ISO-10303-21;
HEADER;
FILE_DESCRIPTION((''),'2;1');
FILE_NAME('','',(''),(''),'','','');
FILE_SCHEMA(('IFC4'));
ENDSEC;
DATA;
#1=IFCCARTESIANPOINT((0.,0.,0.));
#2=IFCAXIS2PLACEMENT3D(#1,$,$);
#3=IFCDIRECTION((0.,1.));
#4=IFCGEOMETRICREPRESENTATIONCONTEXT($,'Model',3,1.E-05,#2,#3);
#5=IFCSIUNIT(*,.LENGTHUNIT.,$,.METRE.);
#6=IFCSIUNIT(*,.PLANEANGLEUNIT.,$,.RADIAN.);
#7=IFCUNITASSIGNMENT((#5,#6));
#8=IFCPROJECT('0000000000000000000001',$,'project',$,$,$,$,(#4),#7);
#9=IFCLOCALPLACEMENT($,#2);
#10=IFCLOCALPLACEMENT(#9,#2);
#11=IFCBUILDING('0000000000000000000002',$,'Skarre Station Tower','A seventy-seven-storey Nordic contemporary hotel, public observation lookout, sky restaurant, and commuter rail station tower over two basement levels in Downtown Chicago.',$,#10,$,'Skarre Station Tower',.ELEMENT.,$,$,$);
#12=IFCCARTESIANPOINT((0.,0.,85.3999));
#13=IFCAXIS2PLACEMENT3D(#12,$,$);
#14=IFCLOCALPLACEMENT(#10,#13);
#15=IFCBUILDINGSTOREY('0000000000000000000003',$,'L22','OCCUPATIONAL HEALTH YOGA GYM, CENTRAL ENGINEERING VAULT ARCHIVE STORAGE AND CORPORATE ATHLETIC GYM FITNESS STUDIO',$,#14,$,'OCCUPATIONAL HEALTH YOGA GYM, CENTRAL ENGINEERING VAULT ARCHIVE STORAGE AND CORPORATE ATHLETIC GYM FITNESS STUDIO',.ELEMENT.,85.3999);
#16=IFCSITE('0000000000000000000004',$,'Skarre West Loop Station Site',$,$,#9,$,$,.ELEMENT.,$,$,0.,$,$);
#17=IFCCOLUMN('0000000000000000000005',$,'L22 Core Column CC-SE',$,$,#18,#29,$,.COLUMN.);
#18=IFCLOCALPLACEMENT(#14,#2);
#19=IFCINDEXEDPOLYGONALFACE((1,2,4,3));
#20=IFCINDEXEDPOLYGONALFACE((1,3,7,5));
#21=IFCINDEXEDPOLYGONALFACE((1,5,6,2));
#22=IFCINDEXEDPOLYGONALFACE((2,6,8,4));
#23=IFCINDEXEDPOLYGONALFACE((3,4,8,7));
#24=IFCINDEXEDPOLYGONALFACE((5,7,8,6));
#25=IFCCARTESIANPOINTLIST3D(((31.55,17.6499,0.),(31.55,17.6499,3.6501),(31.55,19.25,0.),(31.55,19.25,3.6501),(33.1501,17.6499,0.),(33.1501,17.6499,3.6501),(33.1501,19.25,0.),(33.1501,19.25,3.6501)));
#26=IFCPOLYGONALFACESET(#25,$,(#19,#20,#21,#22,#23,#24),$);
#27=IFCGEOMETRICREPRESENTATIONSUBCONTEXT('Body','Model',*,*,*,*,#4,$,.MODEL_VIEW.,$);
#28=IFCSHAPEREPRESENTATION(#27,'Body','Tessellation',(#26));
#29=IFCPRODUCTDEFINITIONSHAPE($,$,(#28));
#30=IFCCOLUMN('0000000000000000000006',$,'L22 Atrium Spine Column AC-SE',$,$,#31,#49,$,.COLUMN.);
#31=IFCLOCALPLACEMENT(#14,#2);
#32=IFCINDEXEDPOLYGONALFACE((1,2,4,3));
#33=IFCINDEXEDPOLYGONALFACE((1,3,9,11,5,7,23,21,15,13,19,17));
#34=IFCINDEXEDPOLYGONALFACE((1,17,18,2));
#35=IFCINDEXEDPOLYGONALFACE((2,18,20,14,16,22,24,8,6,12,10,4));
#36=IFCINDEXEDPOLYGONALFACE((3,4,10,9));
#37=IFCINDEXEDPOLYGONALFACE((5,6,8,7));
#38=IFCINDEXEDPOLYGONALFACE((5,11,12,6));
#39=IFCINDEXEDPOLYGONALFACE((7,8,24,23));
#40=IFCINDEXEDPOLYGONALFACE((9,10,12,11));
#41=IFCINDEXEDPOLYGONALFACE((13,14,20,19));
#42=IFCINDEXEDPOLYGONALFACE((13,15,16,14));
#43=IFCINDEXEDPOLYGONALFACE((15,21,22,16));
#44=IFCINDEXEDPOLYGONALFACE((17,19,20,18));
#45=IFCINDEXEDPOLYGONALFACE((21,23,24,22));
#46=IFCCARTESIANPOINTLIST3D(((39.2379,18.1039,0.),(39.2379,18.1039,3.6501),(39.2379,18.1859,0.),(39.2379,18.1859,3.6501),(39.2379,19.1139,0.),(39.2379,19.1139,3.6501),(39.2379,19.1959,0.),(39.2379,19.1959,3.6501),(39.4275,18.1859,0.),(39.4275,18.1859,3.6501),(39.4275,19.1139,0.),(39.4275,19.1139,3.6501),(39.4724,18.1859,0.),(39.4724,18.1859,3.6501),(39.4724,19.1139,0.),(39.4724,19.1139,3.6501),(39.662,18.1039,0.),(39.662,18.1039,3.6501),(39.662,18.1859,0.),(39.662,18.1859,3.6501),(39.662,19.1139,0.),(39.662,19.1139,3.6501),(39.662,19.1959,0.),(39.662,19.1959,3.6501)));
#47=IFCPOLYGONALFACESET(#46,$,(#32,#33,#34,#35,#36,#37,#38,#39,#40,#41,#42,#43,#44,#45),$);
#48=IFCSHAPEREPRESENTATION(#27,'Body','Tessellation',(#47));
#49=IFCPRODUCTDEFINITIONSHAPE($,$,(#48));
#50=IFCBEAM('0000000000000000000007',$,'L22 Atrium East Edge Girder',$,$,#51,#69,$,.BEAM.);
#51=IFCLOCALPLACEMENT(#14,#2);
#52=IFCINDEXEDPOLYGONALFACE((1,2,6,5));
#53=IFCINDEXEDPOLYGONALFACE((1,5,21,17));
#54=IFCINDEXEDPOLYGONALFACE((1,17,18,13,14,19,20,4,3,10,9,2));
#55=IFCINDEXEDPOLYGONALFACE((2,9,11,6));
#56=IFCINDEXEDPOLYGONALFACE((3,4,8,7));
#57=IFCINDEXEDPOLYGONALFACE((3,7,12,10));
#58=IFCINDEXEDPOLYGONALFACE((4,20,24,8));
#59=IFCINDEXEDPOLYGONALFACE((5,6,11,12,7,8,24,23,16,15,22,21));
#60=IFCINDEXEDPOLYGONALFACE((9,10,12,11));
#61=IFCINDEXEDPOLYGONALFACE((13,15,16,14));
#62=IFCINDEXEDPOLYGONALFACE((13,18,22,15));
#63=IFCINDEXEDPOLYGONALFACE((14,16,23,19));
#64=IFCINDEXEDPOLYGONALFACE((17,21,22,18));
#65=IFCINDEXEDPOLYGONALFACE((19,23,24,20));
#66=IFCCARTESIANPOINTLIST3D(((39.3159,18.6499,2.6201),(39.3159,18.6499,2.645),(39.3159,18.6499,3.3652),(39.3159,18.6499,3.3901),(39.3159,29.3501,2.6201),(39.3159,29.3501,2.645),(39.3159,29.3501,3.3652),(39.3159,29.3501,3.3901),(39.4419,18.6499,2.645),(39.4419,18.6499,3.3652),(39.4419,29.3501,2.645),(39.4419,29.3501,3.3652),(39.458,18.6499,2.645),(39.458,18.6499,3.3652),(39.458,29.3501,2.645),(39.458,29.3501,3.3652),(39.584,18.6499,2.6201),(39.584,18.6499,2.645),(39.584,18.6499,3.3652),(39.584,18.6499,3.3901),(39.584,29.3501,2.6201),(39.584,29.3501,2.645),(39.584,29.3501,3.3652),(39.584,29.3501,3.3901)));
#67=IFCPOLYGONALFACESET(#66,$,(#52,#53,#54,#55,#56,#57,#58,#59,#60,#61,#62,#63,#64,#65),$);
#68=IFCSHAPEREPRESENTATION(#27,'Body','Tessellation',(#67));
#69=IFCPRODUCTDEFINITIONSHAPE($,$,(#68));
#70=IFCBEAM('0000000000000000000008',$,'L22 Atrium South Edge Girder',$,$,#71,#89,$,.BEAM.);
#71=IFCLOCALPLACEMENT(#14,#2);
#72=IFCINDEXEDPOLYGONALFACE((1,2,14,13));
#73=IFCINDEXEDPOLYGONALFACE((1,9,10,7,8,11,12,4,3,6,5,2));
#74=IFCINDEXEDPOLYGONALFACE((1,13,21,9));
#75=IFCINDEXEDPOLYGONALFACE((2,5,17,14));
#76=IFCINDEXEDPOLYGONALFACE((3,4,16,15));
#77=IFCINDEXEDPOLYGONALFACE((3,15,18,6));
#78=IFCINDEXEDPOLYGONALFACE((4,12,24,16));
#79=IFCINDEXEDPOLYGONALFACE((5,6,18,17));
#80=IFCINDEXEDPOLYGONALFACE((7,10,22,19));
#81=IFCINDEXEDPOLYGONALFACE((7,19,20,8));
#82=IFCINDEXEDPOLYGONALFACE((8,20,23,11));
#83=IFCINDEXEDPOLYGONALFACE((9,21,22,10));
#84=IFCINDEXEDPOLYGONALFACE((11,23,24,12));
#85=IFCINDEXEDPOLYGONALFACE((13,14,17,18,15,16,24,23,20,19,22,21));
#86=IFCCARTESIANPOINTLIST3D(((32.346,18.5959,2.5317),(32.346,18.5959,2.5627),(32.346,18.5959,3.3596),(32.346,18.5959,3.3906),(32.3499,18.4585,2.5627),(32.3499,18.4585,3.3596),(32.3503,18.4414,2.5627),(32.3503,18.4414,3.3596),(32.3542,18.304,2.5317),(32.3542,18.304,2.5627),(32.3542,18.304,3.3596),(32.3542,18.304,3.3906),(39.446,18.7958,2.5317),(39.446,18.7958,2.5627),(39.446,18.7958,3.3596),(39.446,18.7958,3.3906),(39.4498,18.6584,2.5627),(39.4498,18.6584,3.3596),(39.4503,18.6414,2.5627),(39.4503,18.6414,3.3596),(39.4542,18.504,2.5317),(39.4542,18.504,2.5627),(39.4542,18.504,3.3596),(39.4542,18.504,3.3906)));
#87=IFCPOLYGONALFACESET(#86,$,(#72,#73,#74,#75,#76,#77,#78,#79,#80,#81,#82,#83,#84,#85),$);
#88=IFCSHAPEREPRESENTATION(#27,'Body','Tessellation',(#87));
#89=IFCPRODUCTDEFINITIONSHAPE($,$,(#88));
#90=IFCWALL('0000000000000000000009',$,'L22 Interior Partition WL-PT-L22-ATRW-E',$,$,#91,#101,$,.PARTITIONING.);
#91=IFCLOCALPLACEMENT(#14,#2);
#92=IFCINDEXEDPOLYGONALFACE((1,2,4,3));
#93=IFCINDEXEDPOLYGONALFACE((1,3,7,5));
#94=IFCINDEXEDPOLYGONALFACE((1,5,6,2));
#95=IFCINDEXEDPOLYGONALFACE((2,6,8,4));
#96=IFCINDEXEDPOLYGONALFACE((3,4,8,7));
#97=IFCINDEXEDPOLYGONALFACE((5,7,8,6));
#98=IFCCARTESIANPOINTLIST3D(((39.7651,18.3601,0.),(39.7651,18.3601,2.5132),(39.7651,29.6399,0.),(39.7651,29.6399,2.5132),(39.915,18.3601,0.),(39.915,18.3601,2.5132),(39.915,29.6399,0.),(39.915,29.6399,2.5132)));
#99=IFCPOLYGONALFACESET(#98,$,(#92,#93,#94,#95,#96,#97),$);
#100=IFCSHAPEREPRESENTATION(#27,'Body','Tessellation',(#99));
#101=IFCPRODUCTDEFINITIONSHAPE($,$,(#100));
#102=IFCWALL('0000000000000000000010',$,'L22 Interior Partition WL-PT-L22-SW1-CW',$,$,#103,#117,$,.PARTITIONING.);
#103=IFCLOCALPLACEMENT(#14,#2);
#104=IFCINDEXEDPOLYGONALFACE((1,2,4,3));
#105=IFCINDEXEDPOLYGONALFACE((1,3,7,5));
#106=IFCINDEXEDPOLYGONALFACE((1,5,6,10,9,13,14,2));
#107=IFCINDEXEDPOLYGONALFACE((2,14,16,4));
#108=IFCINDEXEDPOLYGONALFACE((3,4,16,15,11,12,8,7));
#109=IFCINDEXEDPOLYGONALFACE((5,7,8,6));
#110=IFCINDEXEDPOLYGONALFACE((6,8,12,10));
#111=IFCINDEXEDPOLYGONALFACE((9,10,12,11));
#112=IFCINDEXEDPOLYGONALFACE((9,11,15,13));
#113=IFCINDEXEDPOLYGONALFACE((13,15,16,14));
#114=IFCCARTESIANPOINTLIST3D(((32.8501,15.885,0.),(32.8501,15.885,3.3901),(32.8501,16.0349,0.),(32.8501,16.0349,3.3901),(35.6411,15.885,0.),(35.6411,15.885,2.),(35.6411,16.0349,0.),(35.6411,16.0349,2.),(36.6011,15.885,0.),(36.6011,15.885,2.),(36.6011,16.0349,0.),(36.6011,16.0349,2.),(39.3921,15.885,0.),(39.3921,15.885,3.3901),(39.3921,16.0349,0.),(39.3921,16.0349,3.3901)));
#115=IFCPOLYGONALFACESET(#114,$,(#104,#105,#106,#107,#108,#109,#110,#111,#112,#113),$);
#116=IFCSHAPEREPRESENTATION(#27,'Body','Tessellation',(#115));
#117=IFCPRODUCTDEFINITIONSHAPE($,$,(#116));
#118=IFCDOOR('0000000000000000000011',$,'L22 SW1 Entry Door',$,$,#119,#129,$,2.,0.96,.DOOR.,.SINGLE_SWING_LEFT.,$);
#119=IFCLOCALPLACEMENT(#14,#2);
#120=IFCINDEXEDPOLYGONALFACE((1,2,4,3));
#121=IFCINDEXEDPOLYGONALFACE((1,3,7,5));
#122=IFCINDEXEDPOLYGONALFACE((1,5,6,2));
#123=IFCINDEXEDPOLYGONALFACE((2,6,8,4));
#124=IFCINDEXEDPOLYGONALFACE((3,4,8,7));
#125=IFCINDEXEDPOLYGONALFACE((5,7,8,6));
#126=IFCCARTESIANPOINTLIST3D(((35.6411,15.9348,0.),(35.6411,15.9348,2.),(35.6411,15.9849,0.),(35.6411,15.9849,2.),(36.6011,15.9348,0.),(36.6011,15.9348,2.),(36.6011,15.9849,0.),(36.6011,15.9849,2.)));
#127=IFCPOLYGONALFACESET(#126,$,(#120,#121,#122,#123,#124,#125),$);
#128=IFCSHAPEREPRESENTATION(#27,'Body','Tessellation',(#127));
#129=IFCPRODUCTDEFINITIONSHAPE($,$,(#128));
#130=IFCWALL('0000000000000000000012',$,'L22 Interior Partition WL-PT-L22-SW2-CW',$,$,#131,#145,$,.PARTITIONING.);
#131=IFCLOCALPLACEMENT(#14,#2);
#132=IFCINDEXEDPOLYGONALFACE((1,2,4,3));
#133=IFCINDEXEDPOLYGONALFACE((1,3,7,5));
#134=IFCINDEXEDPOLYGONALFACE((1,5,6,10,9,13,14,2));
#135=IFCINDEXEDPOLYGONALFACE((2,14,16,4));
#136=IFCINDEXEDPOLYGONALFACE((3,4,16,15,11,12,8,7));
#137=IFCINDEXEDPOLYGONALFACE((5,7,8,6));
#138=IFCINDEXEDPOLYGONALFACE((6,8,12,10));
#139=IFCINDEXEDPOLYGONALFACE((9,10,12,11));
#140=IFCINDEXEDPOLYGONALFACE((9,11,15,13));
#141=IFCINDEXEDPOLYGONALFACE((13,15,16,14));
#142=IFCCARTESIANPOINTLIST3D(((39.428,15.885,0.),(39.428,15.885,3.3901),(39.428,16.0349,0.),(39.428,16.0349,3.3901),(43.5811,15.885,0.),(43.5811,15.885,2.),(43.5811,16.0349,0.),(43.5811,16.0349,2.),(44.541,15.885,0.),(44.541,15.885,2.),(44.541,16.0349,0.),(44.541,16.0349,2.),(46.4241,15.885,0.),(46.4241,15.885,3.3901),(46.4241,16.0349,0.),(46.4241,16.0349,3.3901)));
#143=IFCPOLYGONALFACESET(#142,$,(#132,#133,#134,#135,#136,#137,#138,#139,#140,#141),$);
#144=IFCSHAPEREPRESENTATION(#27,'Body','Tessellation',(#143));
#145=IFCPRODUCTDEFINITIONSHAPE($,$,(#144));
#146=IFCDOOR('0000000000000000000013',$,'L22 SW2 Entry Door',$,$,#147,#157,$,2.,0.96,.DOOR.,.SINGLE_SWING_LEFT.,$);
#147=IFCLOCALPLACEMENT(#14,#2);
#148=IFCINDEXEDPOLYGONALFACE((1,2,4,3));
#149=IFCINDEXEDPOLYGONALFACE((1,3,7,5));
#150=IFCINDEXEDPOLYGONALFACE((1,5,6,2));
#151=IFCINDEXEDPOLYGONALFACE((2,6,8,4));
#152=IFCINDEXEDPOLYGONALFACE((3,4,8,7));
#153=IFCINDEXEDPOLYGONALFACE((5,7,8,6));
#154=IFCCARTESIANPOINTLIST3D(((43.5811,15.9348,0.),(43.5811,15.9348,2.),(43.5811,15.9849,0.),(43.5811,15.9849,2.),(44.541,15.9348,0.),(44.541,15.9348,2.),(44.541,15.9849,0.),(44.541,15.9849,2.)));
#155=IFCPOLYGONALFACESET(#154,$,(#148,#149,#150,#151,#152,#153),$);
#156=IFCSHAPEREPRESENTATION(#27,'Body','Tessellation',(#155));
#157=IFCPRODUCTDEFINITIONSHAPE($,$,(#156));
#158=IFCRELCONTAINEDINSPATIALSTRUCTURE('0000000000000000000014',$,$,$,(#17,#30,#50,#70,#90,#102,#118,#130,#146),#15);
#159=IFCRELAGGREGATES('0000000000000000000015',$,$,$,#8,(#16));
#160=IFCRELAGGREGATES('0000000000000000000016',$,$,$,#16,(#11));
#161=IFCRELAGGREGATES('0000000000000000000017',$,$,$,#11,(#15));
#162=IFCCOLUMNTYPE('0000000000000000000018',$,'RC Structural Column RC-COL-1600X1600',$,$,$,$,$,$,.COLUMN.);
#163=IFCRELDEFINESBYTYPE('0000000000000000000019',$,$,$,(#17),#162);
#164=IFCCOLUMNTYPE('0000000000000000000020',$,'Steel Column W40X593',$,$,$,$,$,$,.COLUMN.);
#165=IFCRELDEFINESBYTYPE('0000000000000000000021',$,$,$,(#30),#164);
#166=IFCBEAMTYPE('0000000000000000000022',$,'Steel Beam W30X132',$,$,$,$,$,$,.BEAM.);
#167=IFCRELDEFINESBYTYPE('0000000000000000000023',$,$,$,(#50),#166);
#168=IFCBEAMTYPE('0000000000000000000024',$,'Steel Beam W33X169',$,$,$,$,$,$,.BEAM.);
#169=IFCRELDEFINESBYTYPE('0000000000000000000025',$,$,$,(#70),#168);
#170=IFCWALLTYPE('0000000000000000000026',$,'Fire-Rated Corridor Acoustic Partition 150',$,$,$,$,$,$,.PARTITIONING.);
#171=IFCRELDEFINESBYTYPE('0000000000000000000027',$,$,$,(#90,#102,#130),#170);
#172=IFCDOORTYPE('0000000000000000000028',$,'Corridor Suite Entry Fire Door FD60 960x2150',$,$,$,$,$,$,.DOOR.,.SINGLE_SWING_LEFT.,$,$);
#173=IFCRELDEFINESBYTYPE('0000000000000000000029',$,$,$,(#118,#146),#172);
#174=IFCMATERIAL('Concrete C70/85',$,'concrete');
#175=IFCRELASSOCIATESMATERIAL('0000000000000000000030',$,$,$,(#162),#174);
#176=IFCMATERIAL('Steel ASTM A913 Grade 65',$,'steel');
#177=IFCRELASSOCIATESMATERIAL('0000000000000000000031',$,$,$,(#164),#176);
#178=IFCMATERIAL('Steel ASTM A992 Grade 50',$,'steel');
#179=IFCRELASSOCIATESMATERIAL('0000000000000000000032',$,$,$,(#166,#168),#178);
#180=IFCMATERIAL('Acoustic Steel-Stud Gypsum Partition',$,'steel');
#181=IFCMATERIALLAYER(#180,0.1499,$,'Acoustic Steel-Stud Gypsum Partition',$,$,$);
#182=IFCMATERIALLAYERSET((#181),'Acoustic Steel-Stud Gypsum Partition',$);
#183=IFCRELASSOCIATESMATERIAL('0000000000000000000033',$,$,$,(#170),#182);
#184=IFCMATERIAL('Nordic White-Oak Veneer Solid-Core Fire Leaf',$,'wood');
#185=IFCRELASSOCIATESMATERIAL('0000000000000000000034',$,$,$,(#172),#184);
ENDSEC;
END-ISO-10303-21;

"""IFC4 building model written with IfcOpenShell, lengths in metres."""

from ifc_helpers import new_model, si_unit, direction, frame, frame_2d, origin, origin_2d, place, context, subcontext, project, spatial, rectangle, i_section, extrude, material, layer, layer_set, material_profile, profile_set, type_object, element, fill, save


model = new_model("IFC4")

# Units and contexts
model_context = context("Model", 3, precision=1e-05, world=origin(), true_north=direction((0.0, 1.0)))
body_context = subcontext(model_context, "Body", "Model", "MODEL_VIEW")
ifc_project = project(units=[si_unit("LENGTHUNIT", "METRE"), si_unit("PLANEANGLEUNIT", "RADIAN")], contexts=[model_context])

# Site, building, storey
site_placement = place(None, origin())
site = spatial("IfcSite", under=ifc_project, at=site_placement, Name="Skarre West Loop Station Site", CompositionType="ELEMENT", RefElevation=0.0)
building_placement = place(site_placement, origin())
building = spatial("IfcBuilding", under=site, at=building_placement, Name="Skarre Station Tower", Description="A seventy-seven-storey Nordic contemporary hotel, public observation lookout, sky restaurant, and commuter rail station tower over two basement levels in Downtown Chicago.", LongName="Skarre Station Tower", CompositionType="ELEMENT")
storey_placement = place(building_placement, frame((0.0, 0.0, 85.3999)))
storey = spatial("IfcBuildingStorey", under=building, at=storey_placement, Name="L22", Description="OCCUPATIONAL HEALTH YOGA GYM, CENTRAL ENGINEERING VAULT ARCHIVE STORAGE AND CORPORATE ATHLETIC GYM FITNESS STUDIO", LongName="OCCUPATIONAL HEALTH YOGA GYM, CENTRAL ENGINEERING VAULT ARCHIVE STORAGE AND CORPORATE ATHLETIC GYM FITNESS STUDIO", CompositionType="ELEMENT", Elevation=85.3999)

# Columns
ifc_material_1 = material(Name="Concrete C70/85", Category="concrete")
ifc_material_profile_1 = material_profile(ifc_material_1, rectangle(XDim=1.6001, YDim=1.6001, at=origin_2d()), Name="Concrete C70/85")
ifc_profile_set_1 = profile_set([ifc_material_profile_1], Name="Concrete C70/85")
column_type_1 = type_object("IfcColumnType", Name="RC Structural Column RC-COL-1600X1600", PredefinedType="COLUMN", material=ifc_profile_set_1)
column_1_placement = place(storey_placement, frame((32.3501, 18.45, 0.0), z_axis=(0.0, 0.0, 1.0), x_axis=(1.0, 0.0, 0.0)))
element("IfcColumn", 1, at=column_1_placement, inside=storey, type_object=column_type_1, Name="L22 Core Column CC-SE", PredefinedType="COLUMN", context=body_context, shape_type="SweptSolid", body=[
    extrude(rectangle(XDim=1.6001, YDim=1.6001, at=origin_2d()), origin(), (0.0, 0.0, 1.0), 3.6501),
])
ifc_material_2 = material(Name="Steel ASTM A913 Grade 65", Category="steel")
ifc_material_profile_2 = material_profile(ifc_material_2, i_section(OverallWidth=0.4241, OverallDepth=1.092, WebThickness=0.0449, FlangeThickness=0.082, at=origin_2d()), Name="Steel ASTM A913 Grade 65")
ifc_profile_set_2 = profile_set([ifc_material_profile_2], Name="Steel ASTM A913 Grade 65")
column_type_2 = type_object("IfcColumnType", Name="Steel Column W40X593", PredefinedType="COLUMN", material=ifc_profile_set_2)
column_2_placement = place(storey_placement, frame((39.45, 18.6499, 0.0), z_axis=(0.0, 0.0, 1.0), x_axis=(1.0, 0.0, 0.0)))
element("IfcColumn", 2, at=column_2_placement, inside=storey, type_object=column_type_2, Name="L22 Atrium Spine Column AC-SE", PredefinedType="COLUMN", context=body_context, shape_type="SweptSolid", body=[
    extrude(i_section(OverallWidth=0.4241, OverallDepth=1.092, WebThickness=0.0449, FlangeThickness=0.082, at=origin_2d()), origin(), (0.0, 0.0, 1.0), 3.6501),
])

# Beams
ifc_material_3 = material(Name="Steel ASTM A992 Grade 50", Category="steel")
ifc_material_profile_3 = material_profile(ifc_material_3, i_section(OverallWidth=0.2681, OverallDepth=0.77, WebThickness=0.0161, FlangeThickness=0.0249, at=origin_2d()), Name="Steel ASTM A992 Grade 50")
ifc_profile_set_3 = profile_set([ifc_material_profile_3], Name="Steel ASTM A992 Grade 50")
beam_type_1 = type_object("IfcBeamType", Name="Steel Beam W30X132", PredefinedType="BEAM", material=ifc_profile_set_3)
beam_1_placement = place(storey_placement, frame((39.45, 18.6499, 3.0051), z_axis=(0.0, 1.0, 0.0), x_axis=(-1.0, 0.0, 0.0)))
element("IfcBeam", 3, at=beam_1_placement, inside=storey, type_object=beam_type_1, Name="L22 Atrium East Edge Girder", PredefinedType="BEAM", context=body_context, shape_type="SweptSolid", body=[
    extrude(i_section(OverallWidth=0.2681, OverallDepth=0.77, WebThickness=0.0161, FlangeThickness=0.0249, at=origin_2d()), origin(), (0.0, 0.0, 1.0), 10.7002),
])
ifc_material_profile_4 = material_profile(ifc_material_3, i_section(OverallWidth=0.292, OverallDepth=0.8589, WebThickness=0.0171, FlangeThickness=0.031, at=origin_2d()), Name="Steel ASTM A992 Grade 50")
ifc_profile_set_4 = profile_set([ifc_material_profile_4], Name="Steel ASTM A992 Grade 50")
beam_type_2 = type_object("IfcBeamType", Name="Steel Beam W33X169", PredefinedType="BEAM", material=ifc_profile_set_4)
beam_2_placement = place(storey_placement, frame((32.3501, 18.45, 2.9612), z_axis=(0.999604, 0.028152, 0.0), x_axis=(-0.028152, 0.999604, 0.0)))
element("IfcBeam", 4, at=beam_2_placement, inside=storey, type_object=beam_type_2, Name="L22 Atrium South Edge Girder", PredefinedType="BEAM", context=body_context, shape_type="SweptSolid", body=[
    extrude(i_section(OverallWidth=0.292, OverallDepth=0.8589, WebThickness=0.0171, FlangeThickness=0.031, at=origin_2d()), origin(), (0.0, 0.0, 1.0), 7.1028),
])

# Wall
ifc_material_4 = material(Name="Acoustic Steel-Stud Gypsum Partition", Category="steel")
ifc_layer_1 = layer(ifc_material_4, 0.1499, Name="Acoustic Steel-Stud Gypsum Partition")
ifc_layer_set_1 = layer_set([ifc_layer_1], Name="Acoustic Steel-Stud Gypsum Partition")
wall_type_1 = type_object("IfcWallType", Name="Fire-Rated Corridor Acoustic Partition 150", PredefinedType="PARTITIONING", material=ifc_layer_set_1)
wall_1_placement = place(storey_placement, frame((39.8401, 18.3601, 0.0), z_axis=(0.0, 0.0, 1.0), x_axis=(0.0, 1.0, 0.0)))
element("IfcWall", 5, at=wall_1_placement, inside=storey, type_object=wall_type_1, Name="L22 Interior Partition WL-PT-L22-ATRW-E", PredefinedType="PARTITIONING", context=body_context, shape_type="SweptSolid", body=[
    extrude(rectangle(XDim=11.2798, YDim=0.1499, at=frame_2d((5.6399, 0.0))), origin(), (0.0, 0.0, 1.0), 2.5132),
])

# Walls, openings, doors
wall_2_placement = place(storey_placement, frame((32.8501, 15.96, 0.0), z_axis=(0.0, 0.0, 1.0), x_axis=(1.0, 0.0, 0.0)))
wall_2 = element("IfcWall", 6, at=wall_2_placement, inside=storey, type_object=wall_type_1, Name="L22 Interior Partition WL-PT-L22-SW1-CW", PredefinedType="PARTITIONING", context=body_context, shape_type="SweptSolid", body=[
    extrude(rectangle(XDim=6.542, YDim=0.1499, at=frame_2d((3.271, 0.0))), origin(), (0.0, 0.0, 1.0), 3.3901),
])
opening_1_placement = place(wall_2_placement, frame((2.791, 0.0, 0.0)))
opening_1 = element("IfcOpeningElement", 7, at=opening_1_placement, cuts=wall_2, PredefinedType="OPENING", context=body_context, shape_type="SweptSolid", body=[
    extrude(rectangle(XDim=0.96, YDim=2.0, at=frame_2d((0.48, 1.0))), frame((0.0, 0.085, 0.0), z_axis=(0.0, -1.0, 0.0), x_axis=(1.0, 0.0, 0.0)), (0.0, 0.0, 1.0), 0.1699),
])
ifc_material_5 = material(Name="Nordic White-Oak Veneer Solid-Core Fire Leaf", Category="wood")
door_type_1 = type_object("IfcDoorType", Name="Corridor Suite Entry Fire Door FD60 960x2150", OperationType="SINGLE_SWING_LEFT", PredefinedType="DOOR", material=ifc_material_5)
door_1_placement = place(opening_1_placement, origin())
door_1 = element("IfcDoor", 8, at=door_1_placement, inside=storey, type_object=door_type_1, Name="L22 SW1 Entry Door", OperationType="SINGLE_SWING_LEFT", OverallHeight=2.0, OverallWidth=0.96, PredefinedType="DOOR", context=body_context, shape_type="SweptSolid", body=[
    extrude(rectangle(XDim=0.96, YDim=2.0, at=frame_2d((0.48, 1.0))), frame((0.0, 0.0249, 0.0), z_axis=(0.0, -1.0, 0.0), x_axis=(1.0, 0.0, 0.0)), (0.0, 0.0, 1.0), 0.05),
])
fill(opening_1, door_1)
wall_3_placement = place(storey_placement, frame((39.428, 15.96, 0.0), z_axis=(0.0, 0.0, 1.0), x_axis=(1.0, 0.0, 0.0)))
wall_3 = element("IfcWall", 9, at=wall_3_placement, inside=storey, type_object=wall_type_1, Name="L22 Interior Partition WL-PT-L22-SW2-CW", PredefinedType="PARTITIONING", context=body_context, shape_type="SweptSolid", body=[
    extrude(rectangle(XDim=6.9961, YDim=0.1499, at=frame_2d((3.498, 0.0))), origin(), (0.0, 0.0, 1.0), 3.3901),
])
opening_2_placement = place(wall_3_placement, frame((4.1531, 0.0, 0.0)))
opening_2 = element("IfcOpeningElement", 10, at=opening_2_placement, cuts=wall_3, PredefinedType="OPENING", context=body_context, shape_type="SweptSolid", body=[
    extrude(rectangle(XDim=0.96, YDim=2.0, at=frame_2d((0.48, 1.0))), frame((0.0, 0.085, 0.0), z_axis=(0.0, -1.0, 0.0), x_axis=(1.0, 0.0, 0.0)), (0.0, 0.0, 1.0), 0.1699),
])
door_2_placement = place(opening_2_placement, origin())
door_2 = element("IfcDoor", 11, at=door_2_placement, inside=storey, type_object=door_type_1, Name="L22 SW2 Entry Door", OperationType="SINGLE_SWING_LEFT", OverallHeight=2.0, OverallWidth=0.96, PredefinedType="DOOR", context=body_context, shape_type="SweptSolid", body=[
    extrude(rectangle(XDim=0.96, YDim=2.0, at=frame_2d((0.48, 1.0))), frame((0.0, 0.0249, 0.0), z_axis=(0.0, -1.0, 0.0), x_axis=(1.0, 0.0, 0.0)), (0.0, 0.0, 1.0), 0.05),
])
fill(opening_2, door_2)

save(model, "model.ifc")
